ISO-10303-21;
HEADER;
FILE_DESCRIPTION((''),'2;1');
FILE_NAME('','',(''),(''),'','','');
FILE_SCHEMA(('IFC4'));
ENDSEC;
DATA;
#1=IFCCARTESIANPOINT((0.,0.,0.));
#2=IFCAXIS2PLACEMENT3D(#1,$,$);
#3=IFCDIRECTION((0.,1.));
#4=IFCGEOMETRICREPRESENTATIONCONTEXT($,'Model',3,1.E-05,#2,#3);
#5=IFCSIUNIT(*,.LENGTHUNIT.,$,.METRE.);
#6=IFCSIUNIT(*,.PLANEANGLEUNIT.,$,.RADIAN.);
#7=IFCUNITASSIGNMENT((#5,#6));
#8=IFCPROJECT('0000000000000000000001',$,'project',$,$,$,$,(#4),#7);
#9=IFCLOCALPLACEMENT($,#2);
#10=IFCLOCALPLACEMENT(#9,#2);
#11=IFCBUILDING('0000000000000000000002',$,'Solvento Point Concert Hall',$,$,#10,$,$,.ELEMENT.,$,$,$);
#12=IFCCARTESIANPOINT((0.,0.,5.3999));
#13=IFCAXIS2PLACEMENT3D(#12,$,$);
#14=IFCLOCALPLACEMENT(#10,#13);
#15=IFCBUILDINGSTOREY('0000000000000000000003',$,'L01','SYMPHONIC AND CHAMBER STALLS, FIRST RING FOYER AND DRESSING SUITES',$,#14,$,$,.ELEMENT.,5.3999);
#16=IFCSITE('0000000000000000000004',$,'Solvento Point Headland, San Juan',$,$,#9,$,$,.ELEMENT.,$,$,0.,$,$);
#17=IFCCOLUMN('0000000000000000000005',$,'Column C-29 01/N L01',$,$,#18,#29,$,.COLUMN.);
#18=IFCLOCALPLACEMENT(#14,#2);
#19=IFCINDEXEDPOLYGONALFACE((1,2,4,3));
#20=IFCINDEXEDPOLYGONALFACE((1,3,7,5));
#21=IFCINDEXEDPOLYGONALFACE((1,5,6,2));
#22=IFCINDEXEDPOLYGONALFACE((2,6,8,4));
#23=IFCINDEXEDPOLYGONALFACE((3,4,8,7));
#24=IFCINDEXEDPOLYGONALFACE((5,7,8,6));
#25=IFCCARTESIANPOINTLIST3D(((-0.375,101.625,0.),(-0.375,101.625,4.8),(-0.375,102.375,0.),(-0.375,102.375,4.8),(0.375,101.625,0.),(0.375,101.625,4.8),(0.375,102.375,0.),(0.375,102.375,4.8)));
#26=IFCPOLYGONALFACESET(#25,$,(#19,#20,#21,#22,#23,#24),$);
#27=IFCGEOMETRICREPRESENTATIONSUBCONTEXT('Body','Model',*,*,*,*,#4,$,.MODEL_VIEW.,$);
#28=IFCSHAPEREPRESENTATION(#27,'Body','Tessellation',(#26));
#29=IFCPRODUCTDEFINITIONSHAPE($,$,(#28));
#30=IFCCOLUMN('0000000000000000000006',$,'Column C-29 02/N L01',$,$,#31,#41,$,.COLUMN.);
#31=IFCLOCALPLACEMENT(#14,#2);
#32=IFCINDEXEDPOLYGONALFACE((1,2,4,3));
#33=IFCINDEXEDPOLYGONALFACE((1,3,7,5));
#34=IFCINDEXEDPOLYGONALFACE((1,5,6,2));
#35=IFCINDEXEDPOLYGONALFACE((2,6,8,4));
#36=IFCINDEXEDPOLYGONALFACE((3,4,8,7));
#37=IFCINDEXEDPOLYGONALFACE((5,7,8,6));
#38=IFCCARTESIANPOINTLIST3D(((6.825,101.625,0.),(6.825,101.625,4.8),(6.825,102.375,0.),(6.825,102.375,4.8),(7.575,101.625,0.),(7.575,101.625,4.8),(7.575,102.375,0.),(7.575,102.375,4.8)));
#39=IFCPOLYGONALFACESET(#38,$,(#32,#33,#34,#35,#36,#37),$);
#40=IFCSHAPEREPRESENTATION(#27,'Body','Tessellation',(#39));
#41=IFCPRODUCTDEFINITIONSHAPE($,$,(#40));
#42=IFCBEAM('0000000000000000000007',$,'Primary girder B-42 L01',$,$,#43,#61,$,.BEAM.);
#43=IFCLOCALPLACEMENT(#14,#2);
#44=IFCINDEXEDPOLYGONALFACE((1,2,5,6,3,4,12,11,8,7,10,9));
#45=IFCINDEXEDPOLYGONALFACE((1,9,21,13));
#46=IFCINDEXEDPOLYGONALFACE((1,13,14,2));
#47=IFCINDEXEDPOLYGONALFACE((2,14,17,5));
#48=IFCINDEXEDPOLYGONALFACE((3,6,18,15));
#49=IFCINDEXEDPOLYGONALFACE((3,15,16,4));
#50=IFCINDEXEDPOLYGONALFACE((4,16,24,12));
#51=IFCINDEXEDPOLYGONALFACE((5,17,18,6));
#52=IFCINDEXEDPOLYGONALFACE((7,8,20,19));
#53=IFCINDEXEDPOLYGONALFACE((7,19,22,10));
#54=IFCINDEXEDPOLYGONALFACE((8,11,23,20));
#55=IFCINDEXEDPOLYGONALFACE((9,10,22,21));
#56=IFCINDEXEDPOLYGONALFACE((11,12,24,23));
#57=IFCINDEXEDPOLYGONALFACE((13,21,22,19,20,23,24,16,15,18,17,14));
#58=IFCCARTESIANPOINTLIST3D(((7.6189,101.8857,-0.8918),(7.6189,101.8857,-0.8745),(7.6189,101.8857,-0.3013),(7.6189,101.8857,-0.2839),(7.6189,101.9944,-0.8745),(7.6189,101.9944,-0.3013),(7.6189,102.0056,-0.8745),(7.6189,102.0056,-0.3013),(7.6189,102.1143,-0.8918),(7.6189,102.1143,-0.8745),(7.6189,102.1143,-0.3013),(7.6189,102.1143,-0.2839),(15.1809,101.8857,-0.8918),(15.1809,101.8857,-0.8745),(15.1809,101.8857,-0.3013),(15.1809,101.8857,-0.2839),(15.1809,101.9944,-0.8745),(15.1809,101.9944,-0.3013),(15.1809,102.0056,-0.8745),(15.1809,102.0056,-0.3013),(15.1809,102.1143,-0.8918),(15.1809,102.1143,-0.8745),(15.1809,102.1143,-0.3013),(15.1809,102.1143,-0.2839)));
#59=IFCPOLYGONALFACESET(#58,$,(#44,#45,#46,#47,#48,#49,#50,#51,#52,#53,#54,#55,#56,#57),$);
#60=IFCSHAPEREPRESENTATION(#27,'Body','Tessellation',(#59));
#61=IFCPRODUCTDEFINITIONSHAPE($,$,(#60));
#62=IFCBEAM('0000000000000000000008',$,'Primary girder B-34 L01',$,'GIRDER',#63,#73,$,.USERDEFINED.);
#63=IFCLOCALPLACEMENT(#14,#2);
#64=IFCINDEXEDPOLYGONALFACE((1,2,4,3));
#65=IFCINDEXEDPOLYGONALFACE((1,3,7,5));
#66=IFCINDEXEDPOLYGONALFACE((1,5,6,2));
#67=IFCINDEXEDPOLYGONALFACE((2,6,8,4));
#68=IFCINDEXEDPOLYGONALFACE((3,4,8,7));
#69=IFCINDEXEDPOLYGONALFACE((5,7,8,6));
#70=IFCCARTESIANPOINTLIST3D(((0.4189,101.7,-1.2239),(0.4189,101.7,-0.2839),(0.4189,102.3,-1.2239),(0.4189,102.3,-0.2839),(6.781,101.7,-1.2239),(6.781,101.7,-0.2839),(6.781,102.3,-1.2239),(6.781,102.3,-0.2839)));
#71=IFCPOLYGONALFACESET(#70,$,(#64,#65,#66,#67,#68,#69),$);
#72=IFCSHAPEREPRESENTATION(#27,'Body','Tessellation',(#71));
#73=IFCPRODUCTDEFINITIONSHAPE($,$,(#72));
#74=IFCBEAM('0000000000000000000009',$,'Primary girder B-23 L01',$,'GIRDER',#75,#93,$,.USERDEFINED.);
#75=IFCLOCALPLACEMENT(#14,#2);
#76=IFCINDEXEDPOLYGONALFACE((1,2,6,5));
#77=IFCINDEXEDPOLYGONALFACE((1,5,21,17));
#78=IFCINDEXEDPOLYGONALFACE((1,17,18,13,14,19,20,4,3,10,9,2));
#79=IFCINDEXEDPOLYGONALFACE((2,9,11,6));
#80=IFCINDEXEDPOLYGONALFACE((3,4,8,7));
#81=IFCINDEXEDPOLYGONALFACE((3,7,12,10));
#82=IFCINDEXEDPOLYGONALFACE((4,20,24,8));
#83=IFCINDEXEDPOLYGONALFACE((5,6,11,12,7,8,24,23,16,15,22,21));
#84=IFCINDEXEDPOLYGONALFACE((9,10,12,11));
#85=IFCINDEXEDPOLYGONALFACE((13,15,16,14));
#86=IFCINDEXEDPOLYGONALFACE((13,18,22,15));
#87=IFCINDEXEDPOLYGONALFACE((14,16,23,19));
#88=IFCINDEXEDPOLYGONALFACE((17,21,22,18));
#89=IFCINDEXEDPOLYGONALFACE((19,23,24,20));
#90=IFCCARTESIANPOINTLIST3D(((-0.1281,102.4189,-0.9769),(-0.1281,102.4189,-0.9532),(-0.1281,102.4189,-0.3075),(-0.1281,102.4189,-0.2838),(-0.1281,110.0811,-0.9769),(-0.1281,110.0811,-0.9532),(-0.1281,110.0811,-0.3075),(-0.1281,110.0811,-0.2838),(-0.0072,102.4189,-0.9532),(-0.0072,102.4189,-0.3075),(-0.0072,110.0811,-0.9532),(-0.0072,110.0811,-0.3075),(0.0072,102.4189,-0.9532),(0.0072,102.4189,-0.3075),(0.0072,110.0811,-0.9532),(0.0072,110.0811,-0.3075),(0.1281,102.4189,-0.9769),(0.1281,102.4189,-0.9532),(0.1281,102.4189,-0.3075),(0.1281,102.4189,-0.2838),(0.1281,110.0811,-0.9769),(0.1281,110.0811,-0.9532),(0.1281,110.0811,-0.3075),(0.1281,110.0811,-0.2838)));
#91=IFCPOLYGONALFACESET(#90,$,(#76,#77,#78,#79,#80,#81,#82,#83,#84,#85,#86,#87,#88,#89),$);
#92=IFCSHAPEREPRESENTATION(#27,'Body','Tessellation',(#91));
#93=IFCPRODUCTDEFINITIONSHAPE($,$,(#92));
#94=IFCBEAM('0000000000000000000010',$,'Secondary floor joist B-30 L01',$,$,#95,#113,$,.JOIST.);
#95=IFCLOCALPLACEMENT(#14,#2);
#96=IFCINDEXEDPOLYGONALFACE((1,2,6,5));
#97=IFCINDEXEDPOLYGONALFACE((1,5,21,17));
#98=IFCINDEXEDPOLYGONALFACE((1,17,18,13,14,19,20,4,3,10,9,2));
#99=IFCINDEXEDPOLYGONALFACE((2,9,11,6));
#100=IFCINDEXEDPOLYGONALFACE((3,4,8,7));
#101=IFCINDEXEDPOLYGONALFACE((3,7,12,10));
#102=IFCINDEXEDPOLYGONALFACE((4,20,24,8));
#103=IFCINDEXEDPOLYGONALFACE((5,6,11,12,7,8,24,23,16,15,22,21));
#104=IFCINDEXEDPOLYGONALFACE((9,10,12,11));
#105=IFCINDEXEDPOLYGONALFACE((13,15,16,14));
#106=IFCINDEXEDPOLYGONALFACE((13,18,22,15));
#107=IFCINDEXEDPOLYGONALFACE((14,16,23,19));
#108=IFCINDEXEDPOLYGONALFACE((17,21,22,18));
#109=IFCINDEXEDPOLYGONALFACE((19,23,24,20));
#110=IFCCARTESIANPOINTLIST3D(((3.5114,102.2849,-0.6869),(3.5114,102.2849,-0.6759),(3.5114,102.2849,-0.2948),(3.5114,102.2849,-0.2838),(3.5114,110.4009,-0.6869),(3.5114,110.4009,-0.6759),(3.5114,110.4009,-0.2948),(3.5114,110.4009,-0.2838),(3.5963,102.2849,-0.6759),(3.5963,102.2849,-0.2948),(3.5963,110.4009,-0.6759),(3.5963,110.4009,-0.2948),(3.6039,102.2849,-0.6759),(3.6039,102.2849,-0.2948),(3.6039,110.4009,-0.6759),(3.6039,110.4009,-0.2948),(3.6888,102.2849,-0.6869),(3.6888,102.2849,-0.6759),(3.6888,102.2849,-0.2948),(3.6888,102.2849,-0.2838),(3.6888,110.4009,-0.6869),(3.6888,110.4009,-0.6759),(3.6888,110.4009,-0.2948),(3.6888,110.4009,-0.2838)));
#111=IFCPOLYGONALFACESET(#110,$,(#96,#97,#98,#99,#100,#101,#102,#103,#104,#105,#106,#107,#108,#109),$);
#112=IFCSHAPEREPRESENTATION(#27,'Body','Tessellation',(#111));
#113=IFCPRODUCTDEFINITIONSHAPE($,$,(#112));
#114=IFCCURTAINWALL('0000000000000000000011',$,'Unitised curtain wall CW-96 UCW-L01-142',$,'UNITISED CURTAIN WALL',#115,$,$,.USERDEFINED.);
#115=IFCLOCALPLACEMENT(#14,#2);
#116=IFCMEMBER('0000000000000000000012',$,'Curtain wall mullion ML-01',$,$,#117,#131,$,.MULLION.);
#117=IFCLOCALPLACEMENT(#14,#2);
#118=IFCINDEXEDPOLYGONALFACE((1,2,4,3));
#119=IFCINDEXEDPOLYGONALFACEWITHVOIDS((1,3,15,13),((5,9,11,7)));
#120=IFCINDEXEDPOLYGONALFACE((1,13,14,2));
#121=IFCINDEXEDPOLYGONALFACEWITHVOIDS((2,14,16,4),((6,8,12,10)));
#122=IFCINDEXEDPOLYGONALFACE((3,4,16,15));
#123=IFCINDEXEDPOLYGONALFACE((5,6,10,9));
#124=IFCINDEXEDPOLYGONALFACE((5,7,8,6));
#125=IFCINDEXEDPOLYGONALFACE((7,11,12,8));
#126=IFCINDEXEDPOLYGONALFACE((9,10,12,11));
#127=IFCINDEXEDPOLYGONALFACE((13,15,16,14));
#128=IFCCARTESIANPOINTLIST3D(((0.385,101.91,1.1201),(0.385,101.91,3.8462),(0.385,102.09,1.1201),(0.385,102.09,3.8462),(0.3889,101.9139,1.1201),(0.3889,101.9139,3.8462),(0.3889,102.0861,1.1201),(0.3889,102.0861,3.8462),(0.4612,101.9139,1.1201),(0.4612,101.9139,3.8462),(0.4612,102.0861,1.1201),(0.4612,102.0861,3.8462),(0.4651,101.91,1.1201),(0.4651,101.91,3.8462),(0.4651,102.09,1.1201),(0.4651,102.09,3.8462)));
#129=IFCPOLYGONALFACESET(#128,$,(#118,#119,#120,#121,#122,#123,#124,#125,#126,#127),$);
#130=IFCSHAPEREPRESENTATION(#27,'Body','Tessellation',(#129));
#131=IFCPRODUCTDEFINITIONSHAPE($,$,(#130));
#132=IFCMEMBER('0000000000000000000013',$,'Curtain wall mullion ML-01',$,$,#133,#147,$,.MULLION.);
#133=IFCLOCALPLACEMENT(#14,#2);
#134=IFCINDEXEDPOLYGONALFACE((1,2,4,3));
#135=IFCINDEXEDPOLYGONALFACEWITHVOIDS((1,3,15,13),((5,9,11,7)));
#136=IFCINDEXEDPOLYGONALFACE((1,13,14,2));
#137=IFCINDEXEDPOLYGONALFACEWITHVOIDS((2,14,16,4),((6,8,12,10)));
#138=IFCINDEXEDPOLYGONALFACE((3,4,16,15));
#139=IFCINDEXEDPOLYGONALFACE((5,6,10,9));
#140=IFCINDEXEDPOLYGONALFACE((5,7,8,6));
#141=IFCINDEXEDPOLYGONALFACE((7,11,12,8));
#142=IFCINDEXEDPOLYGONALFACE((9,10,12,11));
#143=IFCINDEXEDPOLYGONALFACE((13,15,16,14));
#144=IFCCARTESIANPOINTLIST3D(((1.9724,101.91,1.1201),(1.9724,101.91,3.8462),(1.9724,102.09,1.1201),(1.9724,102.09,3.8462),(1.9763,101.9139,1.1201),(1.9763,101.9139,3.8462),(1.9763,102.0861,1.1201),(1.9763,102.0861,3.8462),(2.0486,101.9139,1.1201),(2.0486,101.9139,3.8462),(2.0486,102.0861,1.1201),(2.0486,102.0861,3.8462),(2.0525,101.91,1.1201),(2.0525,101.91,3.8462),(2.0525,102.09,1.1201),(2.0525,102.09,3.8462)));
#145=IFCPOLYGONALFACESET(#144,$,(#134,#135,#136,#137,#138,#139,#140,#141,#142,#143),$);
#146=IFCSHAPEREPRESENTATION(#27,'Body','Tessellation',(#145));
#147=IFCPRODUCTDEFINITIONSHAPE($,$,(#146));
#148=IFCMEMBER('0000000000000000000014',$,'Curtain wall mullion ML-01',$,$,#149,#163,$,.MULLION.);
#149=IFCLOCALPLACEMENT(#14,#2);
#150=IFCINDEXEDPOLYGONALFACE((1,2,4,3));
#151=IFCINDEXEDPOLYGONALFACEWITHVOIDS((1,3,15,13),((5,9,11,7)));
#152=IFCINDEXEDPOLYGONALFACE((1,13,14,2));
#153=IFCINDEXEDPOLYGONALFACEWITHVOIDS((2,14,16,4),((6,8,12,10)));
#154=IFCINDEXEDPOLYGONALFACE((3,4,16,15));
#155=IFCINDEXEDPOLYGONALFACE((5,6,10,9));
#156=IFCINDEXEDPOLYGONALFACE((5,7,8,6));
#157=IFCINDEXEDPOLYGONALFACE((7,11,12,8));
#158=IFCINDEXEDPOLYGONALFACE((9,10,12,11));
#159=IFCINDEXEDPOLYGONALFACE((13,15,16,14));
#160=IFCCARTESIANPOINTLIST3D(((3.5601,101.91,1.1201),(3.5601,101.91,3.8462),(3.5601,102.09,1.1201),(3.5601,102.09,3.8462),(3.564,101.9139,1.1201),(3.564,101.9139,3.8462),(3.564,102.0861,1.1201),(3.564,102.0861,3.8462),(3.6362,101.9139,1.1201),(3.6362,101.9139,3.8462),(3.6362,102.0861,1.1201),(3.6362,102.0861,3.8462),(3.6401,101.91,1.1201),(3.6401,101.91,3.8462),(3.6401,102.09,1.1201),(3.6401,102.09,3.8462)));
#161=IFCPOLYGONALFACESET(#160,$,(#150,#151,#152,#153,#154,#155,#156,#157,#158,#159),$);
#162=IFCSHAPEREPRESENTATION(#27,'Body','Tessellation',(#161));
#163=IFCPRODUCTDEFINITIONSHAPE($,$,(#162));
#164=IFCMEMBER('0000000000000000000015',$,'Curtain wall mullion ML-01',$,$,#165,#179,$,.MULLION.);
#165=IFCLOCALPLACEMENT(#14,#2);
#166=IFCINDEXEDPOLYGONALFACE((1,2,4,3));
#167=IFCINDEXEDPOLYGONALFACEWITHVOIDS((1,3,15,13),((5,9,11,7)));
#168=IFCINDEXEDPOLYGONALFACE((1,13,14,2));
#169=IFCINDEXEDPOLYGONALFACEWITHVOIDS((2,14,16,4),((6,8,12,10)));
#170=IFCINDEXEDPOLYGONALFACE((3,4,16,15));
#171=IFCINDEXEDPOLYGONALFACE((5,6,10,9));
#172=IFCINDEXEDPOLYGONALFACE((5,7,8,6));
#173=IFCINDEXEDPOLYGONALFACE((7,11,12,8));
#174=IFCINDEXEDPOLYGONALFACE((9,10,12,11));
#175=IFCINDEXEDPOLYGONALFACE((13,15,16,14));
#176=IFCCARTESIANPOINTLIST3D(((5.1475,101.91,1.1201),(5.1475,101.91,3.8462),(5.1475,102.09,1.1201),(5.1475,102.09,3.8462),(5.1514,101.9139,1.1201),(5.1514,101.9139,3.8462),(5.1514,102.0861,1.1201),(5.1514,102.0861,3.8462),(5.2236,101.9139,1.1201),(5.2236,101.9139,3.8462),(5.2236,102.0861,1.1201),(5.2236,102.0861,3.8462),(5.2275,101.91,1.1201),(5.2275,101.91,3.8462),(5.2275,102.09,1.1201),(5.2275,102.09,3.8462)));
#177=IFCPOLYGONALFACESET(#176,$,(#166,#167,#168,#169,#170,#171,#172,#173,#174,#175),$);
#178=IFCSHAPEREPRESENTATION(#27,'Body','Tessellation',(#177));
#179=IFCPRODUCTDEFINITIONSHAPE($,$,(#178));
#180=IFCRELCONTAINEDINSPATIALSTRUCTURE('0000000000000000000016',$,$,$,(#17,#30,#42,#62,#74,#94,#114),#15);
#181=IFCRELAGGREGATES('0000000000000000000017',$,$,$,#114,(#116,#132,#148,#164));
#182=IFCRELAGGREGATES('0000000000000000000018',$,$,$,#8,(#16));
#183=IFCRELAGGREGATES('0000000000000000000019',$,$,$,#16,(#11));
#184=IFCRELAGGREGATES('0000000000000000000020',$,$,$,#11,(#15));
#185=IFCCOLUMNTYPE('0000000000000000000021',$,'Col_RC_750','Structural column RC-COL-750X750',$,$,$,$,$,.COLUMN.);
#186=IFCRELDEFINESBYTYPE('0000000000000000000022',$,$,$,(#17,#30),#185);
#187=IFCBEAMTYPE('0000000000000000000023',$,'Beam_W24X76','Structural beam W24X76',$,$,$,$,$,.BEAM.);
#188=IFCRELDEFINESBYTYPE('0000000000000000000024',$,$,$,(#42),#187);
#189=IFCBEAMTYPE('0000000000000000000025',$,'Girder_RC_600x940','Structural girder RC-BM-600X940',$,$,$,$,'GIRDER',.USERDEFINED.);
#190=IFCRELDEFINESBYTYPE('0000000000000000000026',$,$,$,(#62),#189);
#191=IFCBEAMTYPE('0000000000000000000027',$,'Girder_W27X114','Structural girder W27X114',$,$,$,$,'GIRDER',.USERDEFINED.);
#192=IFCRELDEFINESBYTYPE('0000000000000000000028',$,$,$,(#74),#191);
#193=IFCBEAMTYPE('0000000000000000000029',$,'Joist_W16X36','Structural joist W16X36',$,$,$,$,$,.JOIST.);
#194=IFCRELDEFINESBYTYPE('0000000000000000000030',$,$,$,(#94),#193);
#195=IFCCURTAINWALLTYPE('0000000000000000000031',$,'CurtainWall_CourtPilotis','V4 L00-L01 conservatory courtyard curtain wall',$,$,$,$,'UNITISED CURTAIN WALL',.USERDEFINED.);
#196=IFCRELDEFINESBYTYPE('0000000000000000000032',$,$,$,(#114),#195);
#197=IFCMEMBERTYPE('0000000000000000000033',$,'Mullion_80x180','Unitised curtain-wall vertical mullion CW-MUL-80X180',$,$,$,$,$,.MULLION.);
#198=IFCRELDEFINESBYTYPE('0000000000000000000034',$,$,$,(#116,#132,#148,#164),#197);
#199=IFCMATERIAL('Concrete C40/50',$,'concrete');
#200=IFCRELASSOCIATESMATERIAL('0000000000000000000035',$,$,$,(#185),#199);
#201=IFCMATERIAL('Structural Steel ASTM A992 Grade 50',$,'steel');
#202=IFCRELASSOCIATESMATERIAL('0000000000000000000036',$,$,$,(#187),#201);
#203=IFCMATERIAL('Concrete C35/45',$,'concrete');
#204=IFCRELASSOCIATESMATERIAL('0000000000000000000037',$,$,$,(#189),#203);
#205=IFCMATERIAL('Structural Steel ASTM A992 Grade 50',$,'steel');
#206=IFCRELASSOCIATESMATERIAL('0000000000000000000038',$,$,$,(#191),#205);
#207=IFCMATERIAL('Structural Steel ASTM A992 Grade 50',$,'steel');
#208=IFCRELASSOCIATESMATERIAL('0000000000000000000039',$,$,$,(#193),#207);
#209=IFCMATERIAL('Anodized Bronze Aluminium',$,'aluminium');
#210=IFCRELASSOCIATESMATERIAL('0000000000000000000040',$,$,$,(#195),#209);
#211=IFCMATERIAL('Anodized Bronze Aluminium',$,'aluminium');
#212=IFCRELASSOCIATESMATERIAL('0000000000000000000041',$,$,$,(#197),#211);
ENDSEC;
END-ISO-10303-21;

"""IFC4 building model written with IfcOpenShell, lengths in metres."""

from ifc_helpers import new_model, si_unit, direction, frame, origin, origin_2d, place, context, subcontext, project, spatial, rectangle, hollow_rectangle, i_section, extrude, material, material_profile, profile_set, type_object, element, aggregate, save


model = new_model("IFC4")

# Units and contexts
model_context = context("Model", 3, precision=1e-05, world=origin(), true_north=direction((0.0, 1.0)))
body_context = subcontext(model_context, "Body", "Model", "MODEL_VIEW")
ifc_project = project(units=[si_unit("LENGTHUNIT", "METRE"), si_unit("PLANEANGLEUNIT", "RADIAN")], contexts=[model_context])

# Site, building, storey
site_placement = place(None, origin())
site = spatial("IfcSite", under=ifc_project, at=site_placement, Name="Solvento Point Headland, San Juan", CompositionType="ELEMENT", RefElevation=0.0)
building_placement = place(site_placement, origin())
building = spatial("IfcBuilding", under=site, at=building_placement, Name="Solvento Point Concert Hall", CompositionType="ELEMENT")
storey_placement = place(building_placement, frame((0.0, 0.0, 5.3999)))
storey = spatial("IfcBuildingStorey", under=building, at=storey_placement, Name="L01", Description="SYMPHONIC AND CHAMBER STALLS, FIRST RING FOYER AND DRESSING SUITES", CompositionType="ELEMENT", Elevation=5.3999)

# Columns
ifc_material_1 = material(Name="Concrete C40/50", Category="concrete")
ifc_material_profile_1 = material_profile(ifc_material_1, rectangle(XDim=0.75, YDim=0.75, at=origin_2d()), Name="RC-COL-750X750")
ifc_profile_set_1 = profile_set([ifc_material_profile_1], Name="Concrete C40/50")
column_type = type_object("IfcColumnType", Name="Col_RC_750", Description="Structural column RC-COL-750X750", PredefinedType="COLUMN", material=ifc_profile_set_1)
for number, where, z_axis, x_axis, name in (
    (1, (0.0, 102.0, 0.0), (0.0, 0.0, 1.0), (1.0, 0.0, 0.0), "Column C-29 01/N L01"),
    (2, (7.2, 102.0, 0.0), (0.0, 0.0, 1.0), (1.0, 0.0, 0.0), "Column C-29 02/N L01"),
):
    element("IfcColumn", number, at=place(storey_placement, frame(where, z_axis=z_axis, x_axis=x_axis)), inside=storey, type_object=column_type, Name=name, PredefinedType="COLUMN", context=body_context, shape_type="SweptSolid", body=[
        extrude(rectangle(XDim=0.75, YDim=0.75, at=origin_2d()), origin(), (0.0, 0.0, 1.0), 4.8),
    ])

# Beams
ifc_material_2 = material(Name="Structural Steel ASTM A992 Grade 50", Category="steel")
ifc_material_profile_2 = material_profile(ifc_material_2, i_section(OverallWidth=0.2285, OverallDepth=0.6079, WebThickness=0.0112, FlangeThickness=0.0173, at=origin_2d()), Name="W24X76")
ifc_profile_set_2 = profile_set([ifc_material_profile_2], Name="Structural Steel ASTM A992 Grade 50")
beam_type_1 = type_object("IfcBeamType", Name="Beam_W24X76", Description="Structural beam W24X76", PredefinedType="BEAM", material=ifc_profile_set_2)
beam_1_placement = place(storey_placement, frame((7.6189, 102.0, -0.5879), z_axis=(1.0, 0.0, 0.0), x_axis=(0.0, 1.0, 0.0)))
element("IfcBeam", 3, at=beam_1_placement, inside=storey, type_object=beam_type_1, Name="Primary girder B-42 L01", PredefinedType="BEAM", context=body_context, shape_type="SweptSolid", body=[
    extrude(i_section(OverallWidth=0.2285, OverallDepth=0.6079, WebThickness=0.0112, FlangeThickness=0.0173, at=origin_2d()), origin(), (0.0, 0.0, 1.0), 7.562),
])
ifc_material_3 = material(Name="Concrete C35/45", Category="concrete")
ifc_material_profile_3 = material_profile(ifc_material_3, rectangle(XDim=0.6001, YDim=0.9399, at=origin_2d()), Name="RC-BM-600X940")
ifc_profile_set_3 = profile_set([ifc_material_profile_3], Name="Concrete C35/45")
beam_type_2 = type_object("IfcBeamType", Name="Girder_RC_600x940", Description="Structural girder RC-BM-600X940", ElementType="GIRDER", PredefinedType="USERDEFINED", material=ifc_profile_set_3)
beam_2_placement = place(storey_placement, frame((0.4189, 102.0, -0.7539), z_axis=(1.0, 0.0, 0.0), x_axis=(0.0, 1.0, 0.0)))
element("IfcBeam", 4, at=beam_2_placement, inside=storey, type_object=beam_type_2, Name="Primary girder B-34 L01", ObjectType="GIRDER", PredefinedType="USERDEFINED", context=body_context, shape_type="SweptSolid", body=[
    extrude(rectangle(XDim=0.6001, YDim=0.9399, at=origin_2d()), origin(), (0.0, 0.0, 1.0), 6.3621),
])
ifc_material_4 = material(Name="Structural Steel ASTM A992 Grade 50", Category="steel")
ifc_material_profile_4 = material_profile(ifc_material_4, i_section(OverallWidth=0.2561, OverallDepth=0.6931, WebThickness=0.0144, FlangeThickness=0.0237, at=origin_2d()), Name="W27X114")
ifc_profile_set_4 = profile_set([ifc_material_profile_4], Name="Structural Steel ASTM A992 Grade 50")
beam_type_3 = type_object("IfcBeamType", Name="Girder_W27X114", Description="Structural girder W27X114", ElementType="GIRDER", PredefinedType="USERDEFINED", material=ifc_profile_set_4)
beam_3_placement = place(storey_placement, frame((0.0, 102.4189, -0.6304), z_axis=(0.0, 1.0, 0.0), x_axis=(-1.0, 0.0, 0.0)))
element("IfcBeam", 5, at=beam_3_placement, inside=storey, type_object=beam_type_3, Name="Primary girder B-23 L01", ObjectType="GIRDER", PredefinedType="USERDEFINED", context=body_context, shape_type="SweptSolid", body=[
    extrude(i_section(OverallWidth=0.2561, OverallDepth=0.6931, WebThickness=0.0144, FlangeThickness=0.0237, at=origin_2d()), origin(), (0.0, 0.0, 1.0), 7.6621),
])
ifc_material_5 = material(Name="Structural Steel ASTM A992 Grade 50", Category="steel")
ifc_material_profile_5 = material_profile(ifc_material_5, i_section(OverallWidth=0.1775, OverallDepth=0.4031, WebThickness=0.0076, FlangeThickness=0.011, at=origin_2d()), Name="W16X36")
ifc_profile_set_5 = profile_set([ifc_material_profile_5], Name="Structural Steel ASTM A992 Grade 50")
beam_type_4 = type_object("IfcBeamType", Name="Joist_W16X36", Description="Structural joist W16X36", PredefinedType="JOIST", material=ifc_profile_set_5)
beam_4_placement = place(storey_placement, frame((3.6001, 102.2849, -0.4854), z_axis=(0.0, 1.0, 0.0), x_axis=(-1.0, 0.0, 0.0)))
element("IfcBeam", 6, at=beam_4_placement, inside=storey, type_object=beam_type_4, Name="Secondary floor joist B-30 L01", PredefinedType="JOIST", context=body_context, shape_type="SweptSolid", body=[
    extrude(i_section(OverallWidth=0.1775, OverallDepth=0.4031, WebThickness=0.0076, FlangeThickness=0.011, at=origin_2d()), origin(), (0.0, 0.0, 1.0), 8.116),
])

# Curtain wall, members
ifc_material_6 = material(Name="Anodized Bronze Aluminium", Category="aluminium")
curtain_wall_type = type_object("IfcCurtainWallType", Name="CurtainWall_CourtPilotis", Description="V4 L00-L01 conservatory courtyard curtain wall", ElementType="UNITISED CURTAIN WALL", PredefinedType="USERDEFINED", material=ifc_material_6)
curtain_wall_1_placement = place(storey_placement, origin())
curtain_wall_1 = element("IfcCurtainWall", 7, at=curtain_wall_1_placement, inside=storey, type_object=curtain_wall_type, Name="Unitised curtain wall CW-96 UCW-L01-142", ObjectType="UNITISED CURTAIN WALL", PredefinedType="USERDEFINED")
ifc_material_7 = material(Name="Anodized Bronze Aluminium", Category="aluminium")
ifc_material_profile_6 = material_profile(ifc_material_7, hollow_rectangle(XDim=0.0801, YDim=0.1799, WallThickness=0.0039, at=origin_2d()), Name="CW-MUL-80X180")
ifc_profile_set_6 = profile_set([ifc_material_profile_6], Name="Anodized Bronze Aluminium")
member_type_1 = type_object("IfcMemberType", Name="Mullion_80x180", Description="Unitised curtain-wall vertical mullion CW-MUL-80X180", PredefinedType="MULLION", material=ifc_profile_set_6)
member_1_placement = place(storey_placement, frame((0.425, 102.0, 1.1201), z_axis=(0.0, 0.0, 1.0), x_axis=(1.0, 0.0, 0.0)))
member_1 = element("IfcMember", 8, at=member_1_placement, type_object=member_type_1, Name="Curtain wall mullion ML-01", PredefinedType="MULLION", context=body_context, shape_type="SweptSolid", body=[
    extrude(hollow_rectangle(XDim=0.0801, YDim=0.1799, WallThickness=0.0039, at=origin_2d()), origin(), (0.0, 0.0, 1.0), 2.7261),
])
member_2_placement = place(storey_placement, frame((2.0125, 102.0, 1.1201), z_axis=(0.0, 0.0, 1.0), x_axis=(1.0, 0.0, 0.0)))
member_2 = element("IfcMember", 9, at=member_2_placement, type_object=member_type_1, Name="Curtain wall mullion ML-01", PredefinedType="MULLION", context=body_context, shape_type="SweptSolid", body=[
    extrude(hollow_rectangle(XDim=0.0801, YDim=0.1799, WallThickness=0.0039, at=origin_2d()), origin(), (0.0, 0.0, 1.0), 2.7261),
])
member_3_placement = place(storey_placement, frame((3.6001, 102.0, 1.1201), z_axis=(0.0, 0.0, 1.0), x_axis=(1.0, 0.0, 0.0)))
member_3 = element("IfcMember", 10, at=member_3_placement, type_object=member_type_1, Name="Curtain wall mullion ML-01", PredefinedType="MULLION", context=body_context, shape_type="SweptSolid", body=[
    extrude(hollow_rectangle(XDim=0.0801, YDim=0.1799, WallThickness=0.0039, at=origin_2d()), origin(), (0.0, 0.0, 1.0), 2.7261),
])
member_4_placement = place(storey_placement, frame((5.1875, 102.0, 1.1201), z_axis=(0.0, 0.0, 1.0), x_axis=(1.0, 0.0, 0.0)))
member_4 = element("IfcMember", 11, at=member_4_placement, type_object=member_type_1, Name="Curtain wall mullion ML-01", PredefinedType="MULLION", context=body_context, shape_type="SweptSolid", body=[
    extrude(hollow_rectangle(XDim=0.0801, YDim=0.1799, WallThickness=0.0039, at=origin_2d()), origin(), (0.0, 0.0, 1.0), 2.7261),
])

aggregate(curtain_wall_1, [member_1, member_2, member_3, member_4])

save(model, "model.ifc")
